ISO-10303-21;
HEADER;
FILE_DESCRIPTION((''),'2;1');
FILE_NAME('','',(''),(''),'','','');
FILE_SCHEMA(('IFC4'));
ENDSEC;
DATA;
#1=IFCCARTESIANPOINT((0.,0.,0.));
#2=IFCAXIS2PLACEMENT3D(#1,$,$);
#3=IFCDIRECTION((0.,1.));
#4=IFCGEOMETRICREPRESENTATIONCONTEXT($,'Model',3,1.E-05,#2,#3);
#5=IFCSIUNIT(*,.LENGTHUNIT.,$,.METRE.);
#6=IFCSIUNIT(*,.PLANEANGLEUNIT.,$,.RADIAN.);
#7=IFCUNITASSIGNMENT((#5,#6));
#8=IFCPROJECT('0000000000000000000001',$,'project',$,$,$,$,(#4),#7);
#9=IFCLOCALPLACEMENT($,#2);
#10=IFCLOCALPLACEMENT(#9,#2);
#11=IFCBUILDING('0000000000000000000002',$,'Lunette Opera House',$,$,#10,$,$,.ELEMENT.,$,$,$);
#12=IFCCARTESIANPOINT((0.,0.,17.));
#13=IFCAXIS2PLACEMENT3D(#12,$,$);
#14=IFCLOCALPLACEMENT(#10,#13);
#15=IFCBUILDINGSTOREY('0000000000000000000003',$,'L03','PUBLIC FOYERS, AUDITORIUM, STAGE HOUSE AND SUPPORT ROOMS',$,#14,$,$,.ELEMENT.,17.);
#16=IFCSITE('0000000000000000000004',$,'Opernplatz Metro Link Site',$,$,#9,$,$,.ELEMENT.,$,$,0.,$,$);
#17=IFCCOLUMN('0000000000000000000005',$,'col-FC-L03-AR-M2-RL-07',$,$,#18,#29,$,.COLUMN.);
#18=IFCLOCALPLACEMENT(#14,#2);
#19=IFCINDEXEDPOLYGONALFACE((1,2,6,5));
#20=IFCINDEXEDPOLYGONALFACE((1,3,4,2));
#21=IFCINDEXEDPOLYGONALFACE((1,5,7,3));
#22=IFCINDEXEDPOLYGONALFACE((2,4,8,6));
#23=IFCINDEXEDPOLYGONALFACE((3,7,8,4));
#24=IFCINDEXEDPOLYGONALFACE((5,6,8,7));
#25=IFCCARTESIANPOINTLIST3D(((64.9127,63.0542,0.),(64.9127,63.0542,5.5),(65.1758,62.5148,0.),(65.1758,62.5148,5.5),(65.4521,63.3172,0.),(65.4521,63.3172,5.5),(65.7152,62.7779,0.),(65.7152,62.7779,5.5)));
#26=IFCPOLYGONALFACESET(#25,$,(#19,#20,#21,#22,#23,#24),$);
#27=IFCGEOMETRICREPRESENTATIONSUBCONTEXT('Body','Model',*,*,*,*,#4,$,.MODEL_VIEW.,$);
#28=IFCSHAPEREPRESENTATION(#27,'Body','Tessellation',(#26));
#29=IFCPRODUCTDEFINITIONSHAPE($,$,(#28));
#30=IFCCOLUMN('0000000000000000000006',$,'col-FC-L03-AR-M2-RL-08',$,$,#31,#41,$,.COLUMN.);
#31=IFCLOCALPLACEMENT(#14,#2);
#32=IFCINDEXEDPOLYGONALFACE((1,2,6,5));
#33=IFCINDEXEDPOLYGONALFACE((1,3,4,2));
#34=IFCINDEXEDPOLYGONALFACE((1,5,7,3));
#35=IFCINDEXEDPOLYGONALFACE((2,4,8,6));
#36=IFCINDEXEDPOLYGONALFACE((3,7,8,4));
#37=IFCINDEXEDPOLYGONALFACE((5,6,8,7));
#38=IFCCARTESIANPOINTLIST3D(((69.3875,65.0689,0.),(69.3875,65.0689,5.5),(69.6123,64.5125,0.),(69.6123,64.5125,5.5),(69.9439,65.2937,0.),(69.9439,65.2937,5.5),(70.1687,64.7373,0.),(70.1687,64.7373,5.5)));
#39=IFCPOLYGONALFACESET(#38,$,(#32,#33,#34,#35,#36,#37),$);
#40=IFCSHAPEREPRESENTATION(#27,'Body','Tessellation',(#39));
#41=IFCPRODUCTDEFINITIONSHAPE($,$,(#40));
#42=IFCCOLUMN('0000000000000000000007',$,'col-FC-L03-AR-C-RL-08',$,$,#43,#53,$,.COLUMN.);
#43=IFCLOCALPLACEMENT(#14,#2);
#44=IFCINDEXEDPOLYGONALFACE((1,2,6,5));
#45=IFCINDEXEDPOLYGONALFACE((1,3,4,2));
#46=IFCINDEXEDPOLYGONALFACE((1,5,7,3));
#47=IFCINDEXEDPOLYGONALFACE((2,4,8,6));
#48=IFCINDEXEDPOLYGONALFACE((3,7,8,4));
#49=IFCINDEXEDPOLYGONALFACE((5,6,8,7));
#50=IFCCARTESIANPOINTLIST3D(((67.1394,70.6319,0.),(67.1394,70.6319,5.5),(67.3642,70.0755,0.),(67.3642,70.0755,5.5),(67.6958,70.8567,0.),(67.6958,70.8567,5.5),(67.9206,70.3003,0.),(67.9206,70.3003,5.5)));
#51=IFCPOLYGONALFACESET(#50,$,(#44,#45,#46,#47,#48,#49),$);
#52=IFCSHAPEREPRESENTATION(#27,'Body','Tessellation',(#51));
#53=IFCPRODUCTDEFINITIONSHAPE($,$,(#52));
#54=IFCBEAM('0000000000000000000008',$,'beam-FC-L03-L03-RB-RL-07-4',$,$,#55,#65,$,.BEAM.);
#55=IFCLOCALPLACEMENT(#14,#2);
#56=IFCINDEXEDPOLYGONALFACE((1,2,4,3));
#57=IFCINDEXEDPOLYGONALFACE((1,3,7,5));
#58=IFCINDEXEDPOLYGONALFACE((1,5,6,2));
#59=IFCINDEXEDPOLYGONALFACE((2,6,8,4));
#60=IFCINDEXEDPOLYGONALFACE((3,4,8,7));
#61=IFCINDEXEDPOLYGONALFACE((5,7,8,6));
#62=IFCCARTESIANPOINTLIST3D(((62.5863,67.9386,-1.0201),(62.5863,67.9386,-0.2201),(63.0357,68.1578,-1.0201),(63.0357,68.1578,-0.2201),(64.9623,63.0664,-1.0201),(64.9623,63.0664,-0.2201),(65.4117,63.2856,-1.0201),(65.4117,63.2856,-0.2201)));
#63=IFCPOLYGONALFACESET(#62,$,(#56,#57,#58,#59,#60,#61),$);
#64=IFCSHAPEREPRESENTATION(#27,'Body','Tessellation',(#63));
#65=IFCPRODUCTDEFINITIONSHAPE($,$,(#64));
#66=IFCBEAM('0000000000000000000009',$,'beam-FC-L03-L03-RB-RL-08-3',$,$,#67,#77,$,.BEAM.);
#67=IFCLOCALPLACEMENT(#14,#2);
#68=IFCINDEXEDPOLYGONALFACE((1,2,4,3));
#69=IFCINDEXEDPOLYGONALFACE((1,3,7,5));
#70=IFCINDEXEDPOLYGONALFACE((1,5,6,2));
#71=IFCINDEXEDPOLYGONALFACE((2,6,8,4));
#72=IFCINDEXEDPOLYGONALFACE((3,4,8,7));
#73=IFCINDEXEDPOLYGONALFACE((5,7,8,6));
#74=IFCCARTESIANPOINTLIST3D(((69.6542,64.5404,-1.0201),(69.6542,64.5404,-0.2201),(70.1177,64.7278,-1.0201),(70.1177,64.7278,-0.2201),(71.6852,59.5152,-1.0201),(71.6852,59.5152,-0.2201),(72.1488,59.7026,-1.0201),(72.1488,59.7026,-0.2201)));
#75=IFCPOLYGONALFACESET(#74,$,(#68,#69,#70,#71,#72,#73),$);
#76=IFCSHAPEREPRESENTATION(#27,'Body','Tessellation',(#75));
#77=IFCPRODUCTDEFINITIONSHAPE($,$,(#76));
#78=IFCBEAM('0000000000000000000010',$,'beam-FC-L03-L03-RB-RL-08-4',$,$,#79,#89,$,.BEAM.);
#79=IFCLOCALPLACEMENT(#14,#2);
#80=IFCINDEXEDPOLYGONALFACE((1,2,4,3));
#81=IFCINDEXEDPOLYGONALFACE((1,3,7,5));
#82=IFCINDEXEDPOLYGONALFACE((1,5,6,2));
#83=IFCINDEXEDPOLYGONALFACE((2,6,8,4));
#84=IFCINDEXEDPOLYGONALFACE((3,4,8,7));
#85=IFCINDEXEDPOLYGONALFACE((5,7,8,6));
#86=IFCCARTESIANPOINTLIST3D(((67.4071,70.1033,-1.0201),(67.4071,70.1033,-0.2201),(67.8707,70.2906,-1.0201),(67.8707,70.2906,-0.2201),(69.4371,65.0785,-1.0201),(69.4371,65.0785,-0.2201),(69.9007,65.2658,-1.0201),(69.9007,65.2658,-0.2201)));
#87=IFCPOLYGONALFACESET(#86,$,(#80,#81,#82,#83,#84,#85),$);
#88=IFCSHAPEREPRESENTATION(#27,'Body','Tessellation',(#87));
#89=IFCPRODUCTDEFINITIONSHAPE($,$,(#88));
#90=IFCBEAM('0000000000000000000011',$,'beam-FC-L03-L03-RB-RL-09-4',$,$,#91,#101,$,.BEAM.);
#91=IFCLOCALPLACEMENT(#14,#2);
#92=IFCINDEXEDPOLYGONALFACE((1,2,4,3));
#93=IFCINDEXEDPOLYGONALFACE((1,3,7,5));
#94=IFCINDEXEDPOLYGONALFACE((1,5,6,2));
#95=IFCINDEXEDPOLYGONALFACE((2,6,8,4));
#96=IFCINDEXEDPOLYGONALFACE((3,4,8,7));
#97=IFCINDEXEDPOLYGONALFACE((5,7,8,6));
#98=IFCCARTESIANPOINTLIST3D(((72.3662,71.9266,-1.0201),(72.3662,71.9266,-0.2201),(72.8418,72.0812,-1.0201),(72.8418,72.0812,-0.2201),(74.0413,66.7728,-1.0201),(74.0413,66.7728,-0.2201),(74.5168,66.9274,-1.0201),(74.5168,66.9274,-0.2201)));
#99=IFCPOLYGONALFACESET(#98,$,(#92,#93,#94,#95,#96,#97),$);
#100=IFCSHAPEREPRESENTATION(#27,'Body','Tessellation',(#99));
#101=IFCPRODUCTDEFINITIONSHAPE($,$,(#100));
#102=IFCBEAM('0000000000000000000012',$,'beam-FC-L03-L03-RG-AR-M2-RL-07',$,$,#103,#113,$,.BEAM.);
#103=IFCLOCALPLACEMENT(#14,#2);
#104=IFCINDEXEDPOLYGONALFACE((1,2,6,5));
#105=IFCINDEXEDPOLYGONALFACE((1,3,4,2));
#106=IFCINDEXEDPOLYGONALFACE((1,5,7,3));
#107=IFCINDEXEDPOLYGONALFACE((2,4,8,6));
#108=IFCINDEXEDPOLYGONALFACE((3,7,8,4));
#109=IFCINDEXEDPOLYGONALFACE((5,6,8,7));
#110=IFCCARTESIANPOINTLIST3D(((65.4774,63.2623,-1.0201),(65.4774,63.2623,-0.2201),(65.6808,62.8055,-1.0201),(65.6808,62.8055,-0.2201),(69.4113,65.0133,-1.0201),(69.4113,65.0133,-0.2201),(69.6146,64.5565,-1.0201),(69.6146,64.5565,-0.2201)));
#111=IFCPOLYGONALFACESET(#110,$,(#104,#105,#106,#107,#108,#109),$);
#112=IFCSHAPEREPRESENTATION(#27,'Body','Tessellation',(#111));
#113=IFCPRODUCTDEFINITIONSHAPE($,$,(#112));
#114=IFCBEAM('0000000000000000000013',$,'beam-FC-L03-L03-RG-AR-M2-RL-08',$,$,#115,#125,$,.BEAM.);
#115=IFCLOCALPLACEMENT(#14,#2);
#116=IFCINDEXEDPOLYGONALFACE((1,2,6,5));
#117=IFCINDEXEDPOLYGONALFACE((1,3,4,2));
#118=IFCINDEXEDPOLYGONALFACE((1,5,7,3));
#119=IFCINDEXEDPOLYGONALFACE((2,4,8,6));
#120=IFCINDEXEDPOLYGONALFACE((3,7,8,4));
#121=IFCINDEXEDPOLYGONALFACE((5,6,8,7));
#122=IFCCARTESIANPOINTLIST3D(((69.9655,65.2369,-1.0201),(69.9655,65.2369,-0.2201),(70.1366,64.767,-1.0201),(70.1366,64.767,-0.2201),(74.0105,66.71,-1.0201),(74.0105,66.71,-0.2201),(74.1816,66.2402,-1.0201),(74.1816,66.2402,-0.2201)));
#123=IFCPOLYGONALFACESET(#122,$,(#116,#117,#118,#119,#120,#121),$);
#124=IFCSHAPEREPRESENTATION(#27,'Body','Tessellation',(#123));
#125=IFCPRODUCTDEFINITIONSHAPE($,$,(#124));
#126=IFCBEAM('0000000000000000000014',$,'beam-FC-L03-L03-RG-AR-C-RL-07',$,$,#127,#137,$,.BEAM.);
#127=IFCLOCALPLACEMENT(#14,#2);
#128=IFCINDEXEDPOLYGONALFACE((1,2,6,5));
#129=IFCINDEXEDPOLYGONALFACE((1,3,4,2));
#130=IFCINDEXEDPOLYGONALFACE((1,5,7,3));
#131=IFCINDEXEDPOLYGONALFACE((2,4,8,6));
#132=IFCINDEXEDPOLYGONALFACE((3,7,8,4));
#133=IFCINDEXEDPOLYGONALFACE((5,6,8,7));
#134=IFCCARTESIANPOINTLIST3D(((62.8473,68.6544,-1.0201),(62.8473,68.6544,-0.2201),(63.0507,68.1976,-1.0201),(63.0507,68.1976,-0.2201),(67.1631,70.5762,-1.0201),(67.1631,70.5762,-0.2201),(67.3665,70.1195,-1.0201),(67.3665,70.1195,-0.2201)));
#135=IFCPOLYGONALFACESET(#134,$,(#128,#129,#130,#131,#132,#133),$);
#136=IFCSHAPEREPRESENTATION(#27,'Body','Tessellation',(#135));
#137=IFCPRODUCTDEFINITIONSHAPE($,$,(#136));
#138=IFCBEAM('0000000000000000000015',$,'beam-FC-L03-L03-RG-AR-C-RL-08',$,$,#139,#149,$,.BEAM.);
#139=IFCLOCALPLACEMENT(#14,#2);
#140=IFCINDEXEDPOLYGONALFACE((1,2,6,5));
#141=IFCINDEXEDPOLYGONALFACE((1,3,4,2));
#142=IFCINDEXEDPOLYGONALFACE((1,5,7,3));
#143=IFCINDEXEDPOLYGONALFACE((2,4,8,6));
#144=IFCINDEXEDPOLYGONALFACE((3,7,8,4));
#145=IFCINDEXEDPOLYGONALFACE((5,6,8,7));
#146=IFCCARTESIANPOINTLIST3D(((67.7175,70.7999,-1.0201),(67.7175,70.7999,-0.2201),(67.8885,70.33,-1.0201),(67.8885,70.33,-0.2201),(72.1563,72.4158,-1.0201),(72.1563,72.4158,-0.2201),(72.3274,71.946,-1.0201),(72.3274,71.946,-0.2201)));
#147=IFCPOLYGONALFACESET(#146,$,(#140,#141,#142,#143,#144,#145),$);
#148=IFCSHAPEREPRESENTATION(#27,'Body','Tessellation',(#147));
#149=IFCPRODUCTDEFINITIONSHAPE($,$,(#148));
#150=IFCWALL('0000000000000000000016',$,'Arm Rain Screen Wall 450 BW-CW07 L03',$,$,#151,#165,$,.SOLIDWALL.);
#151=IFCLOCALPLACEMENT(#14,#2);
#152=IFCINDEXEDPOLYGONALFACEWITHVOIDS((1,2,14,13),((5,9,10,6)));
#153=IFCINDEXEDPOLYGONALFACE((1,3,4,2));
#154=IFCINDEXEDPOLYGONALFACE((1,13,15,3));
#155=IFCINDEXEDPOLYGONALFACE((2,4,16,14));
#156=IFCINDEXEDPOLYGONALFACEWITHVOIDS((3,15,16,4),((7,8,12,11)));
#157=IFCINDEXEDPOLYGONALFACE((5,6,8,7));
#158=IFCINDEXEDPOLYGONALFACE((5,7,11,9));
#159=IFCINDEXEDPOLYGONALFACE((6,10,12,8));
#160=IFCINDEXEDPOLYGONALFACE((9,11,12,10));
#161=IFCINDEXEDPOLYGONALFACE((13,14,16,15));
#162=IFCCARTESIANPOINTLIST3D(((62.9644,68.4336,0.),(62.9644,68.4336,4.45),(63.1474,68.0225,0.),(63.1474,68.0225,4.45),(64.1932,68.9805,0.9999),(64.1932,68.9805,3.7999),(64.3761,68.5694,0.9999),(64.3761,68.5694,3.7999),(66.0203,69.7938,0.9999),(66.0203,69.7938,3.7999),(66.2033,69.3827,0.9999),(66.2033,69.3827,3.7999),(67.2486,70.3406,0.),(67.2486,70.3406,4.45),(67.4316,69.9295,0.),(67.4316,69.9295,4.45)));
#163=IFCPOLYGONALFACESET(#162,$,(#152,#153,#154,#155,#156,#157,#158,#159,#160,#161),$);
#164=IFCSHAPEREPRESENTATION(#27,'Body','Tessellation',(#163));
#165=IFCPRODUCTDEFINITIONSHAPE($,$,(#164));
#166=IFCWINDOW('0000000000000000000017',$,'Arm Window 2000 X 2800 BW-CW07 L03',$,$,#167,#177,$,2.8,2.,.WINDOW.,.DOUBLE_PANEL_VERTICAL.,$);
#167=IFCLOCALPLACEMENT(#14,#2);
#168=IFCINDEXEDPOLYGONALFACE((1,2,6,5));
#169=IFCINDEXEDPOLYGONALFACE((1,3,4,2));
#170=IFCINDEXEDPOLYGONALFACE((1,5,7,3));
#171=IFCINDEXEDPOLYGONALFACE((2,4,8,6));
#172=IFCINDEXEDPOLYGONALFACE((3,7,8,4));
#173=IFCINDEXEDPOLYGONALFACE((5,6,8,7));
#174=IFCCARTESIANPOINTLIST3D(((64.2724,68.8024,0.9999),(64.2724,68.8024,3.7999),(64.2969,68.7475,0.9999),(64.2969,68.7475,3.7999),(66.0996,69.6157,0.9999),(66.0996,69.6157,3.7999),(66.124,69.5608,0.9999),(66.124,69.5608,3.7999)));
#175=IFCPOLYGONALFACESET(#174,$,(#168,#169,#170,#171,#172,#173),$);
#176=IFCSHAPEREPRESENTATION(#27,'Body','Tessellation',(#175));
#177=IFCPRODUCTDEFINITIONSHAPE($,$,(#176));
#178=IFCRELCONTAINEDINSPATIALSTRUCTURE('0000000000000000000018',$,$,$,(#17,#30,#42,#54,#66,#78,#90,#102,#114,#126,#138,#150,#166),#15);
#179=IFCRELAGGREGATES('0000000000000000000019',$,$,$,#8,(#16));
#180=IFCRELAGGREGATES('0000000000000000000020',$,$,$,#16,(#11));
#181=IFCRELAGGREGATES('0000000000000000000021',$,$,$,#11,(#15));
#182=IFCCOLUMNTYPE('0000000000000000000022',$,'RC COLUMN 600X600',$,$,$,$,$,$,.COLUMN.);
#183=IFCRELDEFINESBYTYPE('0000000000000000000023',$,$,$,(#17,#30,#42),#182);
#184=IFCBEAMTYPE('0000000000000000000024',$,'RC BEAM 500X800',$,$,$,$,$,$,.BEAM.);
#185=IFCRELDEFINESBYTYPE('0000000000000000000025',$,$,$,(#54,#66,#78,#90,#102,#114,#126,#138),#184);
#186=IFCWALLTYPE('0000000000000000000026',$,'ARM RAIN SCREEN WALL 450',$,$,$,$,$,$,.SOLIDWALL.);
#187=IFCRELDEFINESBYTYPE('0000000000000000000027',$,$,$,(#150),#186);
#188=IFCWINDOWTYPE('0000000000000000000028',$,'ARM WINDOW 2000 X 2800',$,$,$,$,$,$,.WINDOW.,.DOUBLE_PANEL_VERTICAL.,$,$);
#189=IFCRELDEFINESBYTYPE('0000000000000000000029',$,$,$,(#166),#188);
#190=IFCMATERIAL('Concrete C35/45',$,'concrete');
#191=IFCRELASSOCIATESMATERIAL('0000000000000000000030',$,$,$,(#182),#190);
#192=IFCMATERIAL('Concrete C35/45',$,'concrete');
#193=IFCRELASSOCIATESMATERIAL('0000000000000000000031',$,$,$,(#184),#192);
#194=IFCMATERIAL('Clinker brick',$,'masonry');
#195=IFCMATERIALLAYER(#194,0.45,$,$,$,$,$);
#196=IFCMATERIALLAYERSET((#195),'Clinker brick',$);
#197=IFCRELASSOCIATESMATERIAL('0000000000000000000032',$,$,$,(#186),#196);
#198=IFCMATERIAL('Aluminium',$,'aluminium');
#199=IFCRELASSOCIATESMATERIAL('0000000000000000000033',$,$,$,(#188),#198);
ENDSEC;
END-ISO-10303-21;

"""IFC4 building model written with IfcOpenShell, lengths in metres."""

from ifc_helpers import new_model, si_unit, direction, frame, frame_2d, origin, origin_2d, place, context, subcontext, project, spatial, rectangle, extrude, material, layer, layer_set, material_profile, profile_set, type_object, element, fill, save


model = new_model("IFC4")

# Units and contexts
model_context = context("Model", 3, precision=1e-05, world=origin(), true_north=direction((0.0, 1.0)))
body_context = subcontext(model_context, "Body", "Model", "MODEL_VIEW")
ifc_project = project(units=[si_unit("LENGTHUNIT", "METRE"), si_unit("PLANEANGLEUNIT", "RADIAN")], contexts=[model_context])

# Site, building, storey
site_placement = place(None, origin())
site = spatial("IfcSite", under=ifc_project, at=site_placement, Name="Opernplatz Metro Link Site", CompositionType="ELEMENT", RefElevation=0.0)
building_placement = place(site_placement, origin())
building = spatial("IfcBuilding", under=site, at=building_placement, Name="Lunette Opera House", CompositionType="ELEMENT")
storey_placement = place(building_placement, frame((0.0, 0.0, 17.0)))
storey = spatial("IfcBuildingStorey", under=building, at=storey_placement, Name="L03", Description="PUBLIC FOYERS, AUDITORIUM, STAGE HOUSE AND SUPPORT ROOMS", CompositionType="ELEMENT", Elevation=17.0)

# Columns
ifc_material_1 = material(Name="Concrete C35/45", Category="concrete")
ifc_material_profile_1 = material_profile(ifc_material_1, rectangle(XDim=0.6001, YDim=0.6001, at=origin_2d()), Name="RC COLUMN 600X600")
ifc_profile_set_1 = profile_set([ifc_material_profile_1], Name="Concrete C35/45")
column_type = type_object("IfcColumnType", Name="RC COLUMN 600X600", PredefinedType="COLUMN", material=ifc_profile_set_1)
for number, where, z_axis, x_axis, name in (
    (1, (65.314, 62.916, 0.0), (0.0, 0.0, 1.0), (0.898794, 0.438371, 0.0), "col-FC-L03-AR-M2-RL-07"),
    (2, (69.7781, 64.9031, 0.0), (0.0, 0.0, 1.0), (0.927184, 0.374607, 0.0), "col-FC-L03-AR-M2-RL-08"),
    (3, (67.53, 70.4661, 0.0), (0.0, 0.0, 1.0), (0.927184, 0.374607, 0.0), "col-FC-L03-AR-C-RL-08"),
):
    element("IfcColumn", number, at=place(storey_placement, frame(where, z_axis=z_axis, x_axis=x_axis)), inside=storey, type_object=column_type, Name=name, PredefinedType="COLUMN", context=body_context, shape_type="SweptSolid", body=[
        extrude(rectangle(XDim=0.6001, YDim=0.6001, at=origin_2d()), origin(), (0.0, 0.0, 1.0), 5.5),
    ])

# Beams
ifc_material_2 = material(Name="Concrete C35/45", Category="concrete")
ifc_material_profile_2 = material_profile(ifc_material_2, rectangle(XDim=0.5, YDim=0.8, at=origin_2d()), Name="RC BEAM 500X800")
ifc_profile_set_2 = profile_set([ifc_material_profile_2], Name="Concrete C35/45")
beam_type = type_object("IfcBeamType", Name="RC BEAM 500X800", PredefinedType="BEAM", material=ifc_profile_set_2)
beam_1_placement = place(storey_placement, frame((65.187, 63.176, -0.6201), z_axis=(-0.438328, 0.898815, 0.0), x_axis=(-0.898815, -0.438328, 0.0)))
element("IfcBeam", 4, at=beam_1_placement, inside=storey, type_object=beam_type, Name="beam-FC-L03-L03-RB-RL-07-4", PredefinedType="BEAM", context=body_context, shape_type="SweptSolid", body=[
    extrude(rectangle(XDim=0.5, YDim=0.8, at=origin_2d()), origin(), (0.0, 0.0, 1.0), 5.4207),
])
beam_2_placement = place(storey_placement, frame((71.917, 59.6089, -0.6201), z_axis=(-0.37472, 0.927138, 0.0), x_axis=(-0.927138, -0.37472, 0.0)))
element("IfcBeam", 5, at=beam_2_placement, inside=storey, type_object=beam_type, Name="beam-FC-L03-L03-RB-RL-08-3", PredefinedType="BEAM", context=body_context, shape_type="SweptSolid", body=[
    extrude(rectangle(XDim=0.5, YDim=0.8, at=origin_2d()), origin(), (0.0, 0.0, 1.0), 5.4202),
])
beam_3_placement = place(storey_placement, frame((69.6689, 65.1721, -0.6201), z_axis=(-0.374581, 0.927194, 0.0), x_axis=(-0.927194, -0.374581, 0.0)))
element("IfcBeam", 6, at=beam_3_placement, inside=storey, type_object=beam_type, Name="beam-FC-L03-L03-RB-RL-08-4", PredefinedType="BEAM", context=body_context, shape_type="SweptSolid", body=[
    extrude(rectangle(XDim=0.5, YDim=0.8, at=origin_2d()), origin(), (0.0, 0.0, 1.0), 5.4194),
])
beam_4_placement = place(storey_placement, frame((74.2791, 66.8501, -0.6201), z_axis=(-0.309096, 0.951031, 0.0), x_axis=(-0.951031, -0.309096, 0.0)))
element("IfcBeam", 7, at=beam_4_placement, inside=storey, type_object=beam_type, Name="beam-FC-L03-L03-RB-RL-09-4", PredefinedType="BEAM", context=body_context, shape_type="SweptSolid", body=[
    extrude(rectangle(XDim=0.5, YDim=0.8, at=origin_2d()), origin(), (0.0, 0.0, 1.0), 5.4192),
])
beam_5_placement = place(storey_placement, frame((65.5791, 63.0339, -0.6201), z_axis=(0.913587, 0.406643, 0.0), x_axis=(-0.406643, 0.913587, 0.0)))
element("IfcBeam", 8, at=beam_5_placement, inside=storey, type_object=beam_type, Name="beam-FC-L03-L03-RG-AR-M2-RL-07", PredefinedType="BEAM", context=body_context, shape_type="SweptSolid", body=[
    extrude(rectangle(XDim=0.5, YDim=0.8, at=origin_2d()), origin(), (0.0, 0.0, 1.0), 4.3059),
])
beam_6_placement = place(storey_placement, frame((70.051, 65.002, -0.6201), z_axis=(0.939624, 0.342207, 0.0), x_axis=(-0.342207, 0.939624, 0.0)))
element("IfcBeam", 9, at=beam_6_placement, inside=storey, type_object=beam_type, Name="beam-FC-L03-L03-RG-AR-M2-RL-08", PredefinedType="BEAM", context=body_context, shape_type="SweptSolid", body=[
    extrude(rectangle(XDim=0.5, YDim=0.8, at=origin_2d()), origin(), (0.0, 0.0, 1.0), 4.3049),
])
beam_7_placement = place(storey_placement, frame((62.949, 68.426, -0.6201), z_axis=(0.913522, 0.40679, 0.0), x_axis=(-0.40679, 0.913522, 0.0)))
element("IfcBeam", 10, at=beam_7_placement, inside=storey, type_object=beam_type, Name="beam-FC-L03-L03-RG-AR-C-RL-07", PredefinedType="BEAM", context=body_context, shape_type="SweptSolid", body=[
    extrude(rectangle(XDim=0.5, YDim=0.8, at=origin_2d()), origin(), (0.0, 0.0, 1.0), 4.7244),
])
beam_8_placement = place(storey_placement, frame((67.803, 70.5649, -0.6201), z_axis=(0.939671, 0.342079, 0.0), x_axis=(-0.342079, 0.939671, 0.0)))
element("IfcBeam", 11, at=beam_8_placement, inside=storey, type_object=beam_type, Name="beam-FC-L03-L03-RG-AR-C-RL-08", PredefinedType="BEAM", context=body_context, shape_type="SweptSolid", body=[
    extrude(rectangle(XDim=0.5, YDim=0.8, at=origin_2d()), origin(), (0.0, 0.0, 1.0), 4.7239),
])

# Wall, opening, window
ifc_material_3 = material(Name="Clinker brick", Category="masonry")
ifc_layer_1 = layer(ifc_material_3, 0.45)
ifc_layer_set_1 = layer_set([ifc_layer_1], Name="Clinker brick")
wall_type_1 = type_object("IfcWallType", Name="ARM RAIN SCREEN WALL 450", PredefinedType="SOLIDWALL", material=ifc_layer_set_1)
wall_1_placement = place(storey_placement, frame((63.0559, 68.228, 0.0), z_axis=(0.0, 0.0, 1.0), x_axis=(0.913582, 0.406655, 0.0)))
wall_1 = element("IfcWall", 12, at=wall_1_placement, inside=storey, type_object=wall_type_1, Name="Arm Rain Screen Wall 450 BW-CW07 L03", PredefinedType="SOLIDWALL", context=body_context, shape_type="SweptSolid", body=[
    extrude(rectangle(XDim=4.6895, YDim=0.45, at=frame_2d((2.3447, 0.0))), origin(), (0.0, 0.0, 1.0), 4.45),
])
opening_1_placement = place(wall_1_placement, frame((1.345, 0.0, 1.0)))
opening_1 = element("IfcOpeningElement", 13, at=opening_1_placement, cuts=wall_1, PredefinedType="OPENING", context=body_context, shape_type="SweptSolid", body=[
    extrude(rectangle(XDim=2.0, YDim=2.8, at=frame_2d((1.0, 1.3999))), frame((0.0, 0.2371, 0.0), z_axis=(0.0, -1.0, 0.0), x_axis=(1.0, 0.0, 0.0)), (0.0, 0.0, 1.0), 0.4739),
])
ifc_material_4 = material(Name="Aluminium", Category="aluminium")
window_type = type_object("IfcWindowType", Name="ARM WINDOW 2000 X 2800", PartitioningType="DOUBLE_PANEL_VERTICAL", PredefinedType="WINDOW", material=ifc_material_4)
window_1_placement = place(opening_1_placement, origin())
window_1 = element("IfcWindow", 14, at=window_1_placement, inside=storey, type_object=window_type, Name="Arm Window 2000 X 2800 BW-CW07 L03", OverallHeight=2.8, OverallWidth=2.0, PartitioningType="DOUBLE_PANEL_VERTICAL", PredefinedType="WINDOW", context=body_context, shape_type="SweptSolid", body=[
    extrude(rectangle(XDim=2.0, YDim=2.8, at=frame_2d((1.0, 1.3999))), frame((0.0, 0.03, 0.0), z_axis=(0.0, -1.0, 0.0), x_axis=(1.0, 0.0, 0.0)), (0.0, 0.0, 1.0), 0.0601),
])
fill(opening_1, window_1)

save(model, "model.ifc")
